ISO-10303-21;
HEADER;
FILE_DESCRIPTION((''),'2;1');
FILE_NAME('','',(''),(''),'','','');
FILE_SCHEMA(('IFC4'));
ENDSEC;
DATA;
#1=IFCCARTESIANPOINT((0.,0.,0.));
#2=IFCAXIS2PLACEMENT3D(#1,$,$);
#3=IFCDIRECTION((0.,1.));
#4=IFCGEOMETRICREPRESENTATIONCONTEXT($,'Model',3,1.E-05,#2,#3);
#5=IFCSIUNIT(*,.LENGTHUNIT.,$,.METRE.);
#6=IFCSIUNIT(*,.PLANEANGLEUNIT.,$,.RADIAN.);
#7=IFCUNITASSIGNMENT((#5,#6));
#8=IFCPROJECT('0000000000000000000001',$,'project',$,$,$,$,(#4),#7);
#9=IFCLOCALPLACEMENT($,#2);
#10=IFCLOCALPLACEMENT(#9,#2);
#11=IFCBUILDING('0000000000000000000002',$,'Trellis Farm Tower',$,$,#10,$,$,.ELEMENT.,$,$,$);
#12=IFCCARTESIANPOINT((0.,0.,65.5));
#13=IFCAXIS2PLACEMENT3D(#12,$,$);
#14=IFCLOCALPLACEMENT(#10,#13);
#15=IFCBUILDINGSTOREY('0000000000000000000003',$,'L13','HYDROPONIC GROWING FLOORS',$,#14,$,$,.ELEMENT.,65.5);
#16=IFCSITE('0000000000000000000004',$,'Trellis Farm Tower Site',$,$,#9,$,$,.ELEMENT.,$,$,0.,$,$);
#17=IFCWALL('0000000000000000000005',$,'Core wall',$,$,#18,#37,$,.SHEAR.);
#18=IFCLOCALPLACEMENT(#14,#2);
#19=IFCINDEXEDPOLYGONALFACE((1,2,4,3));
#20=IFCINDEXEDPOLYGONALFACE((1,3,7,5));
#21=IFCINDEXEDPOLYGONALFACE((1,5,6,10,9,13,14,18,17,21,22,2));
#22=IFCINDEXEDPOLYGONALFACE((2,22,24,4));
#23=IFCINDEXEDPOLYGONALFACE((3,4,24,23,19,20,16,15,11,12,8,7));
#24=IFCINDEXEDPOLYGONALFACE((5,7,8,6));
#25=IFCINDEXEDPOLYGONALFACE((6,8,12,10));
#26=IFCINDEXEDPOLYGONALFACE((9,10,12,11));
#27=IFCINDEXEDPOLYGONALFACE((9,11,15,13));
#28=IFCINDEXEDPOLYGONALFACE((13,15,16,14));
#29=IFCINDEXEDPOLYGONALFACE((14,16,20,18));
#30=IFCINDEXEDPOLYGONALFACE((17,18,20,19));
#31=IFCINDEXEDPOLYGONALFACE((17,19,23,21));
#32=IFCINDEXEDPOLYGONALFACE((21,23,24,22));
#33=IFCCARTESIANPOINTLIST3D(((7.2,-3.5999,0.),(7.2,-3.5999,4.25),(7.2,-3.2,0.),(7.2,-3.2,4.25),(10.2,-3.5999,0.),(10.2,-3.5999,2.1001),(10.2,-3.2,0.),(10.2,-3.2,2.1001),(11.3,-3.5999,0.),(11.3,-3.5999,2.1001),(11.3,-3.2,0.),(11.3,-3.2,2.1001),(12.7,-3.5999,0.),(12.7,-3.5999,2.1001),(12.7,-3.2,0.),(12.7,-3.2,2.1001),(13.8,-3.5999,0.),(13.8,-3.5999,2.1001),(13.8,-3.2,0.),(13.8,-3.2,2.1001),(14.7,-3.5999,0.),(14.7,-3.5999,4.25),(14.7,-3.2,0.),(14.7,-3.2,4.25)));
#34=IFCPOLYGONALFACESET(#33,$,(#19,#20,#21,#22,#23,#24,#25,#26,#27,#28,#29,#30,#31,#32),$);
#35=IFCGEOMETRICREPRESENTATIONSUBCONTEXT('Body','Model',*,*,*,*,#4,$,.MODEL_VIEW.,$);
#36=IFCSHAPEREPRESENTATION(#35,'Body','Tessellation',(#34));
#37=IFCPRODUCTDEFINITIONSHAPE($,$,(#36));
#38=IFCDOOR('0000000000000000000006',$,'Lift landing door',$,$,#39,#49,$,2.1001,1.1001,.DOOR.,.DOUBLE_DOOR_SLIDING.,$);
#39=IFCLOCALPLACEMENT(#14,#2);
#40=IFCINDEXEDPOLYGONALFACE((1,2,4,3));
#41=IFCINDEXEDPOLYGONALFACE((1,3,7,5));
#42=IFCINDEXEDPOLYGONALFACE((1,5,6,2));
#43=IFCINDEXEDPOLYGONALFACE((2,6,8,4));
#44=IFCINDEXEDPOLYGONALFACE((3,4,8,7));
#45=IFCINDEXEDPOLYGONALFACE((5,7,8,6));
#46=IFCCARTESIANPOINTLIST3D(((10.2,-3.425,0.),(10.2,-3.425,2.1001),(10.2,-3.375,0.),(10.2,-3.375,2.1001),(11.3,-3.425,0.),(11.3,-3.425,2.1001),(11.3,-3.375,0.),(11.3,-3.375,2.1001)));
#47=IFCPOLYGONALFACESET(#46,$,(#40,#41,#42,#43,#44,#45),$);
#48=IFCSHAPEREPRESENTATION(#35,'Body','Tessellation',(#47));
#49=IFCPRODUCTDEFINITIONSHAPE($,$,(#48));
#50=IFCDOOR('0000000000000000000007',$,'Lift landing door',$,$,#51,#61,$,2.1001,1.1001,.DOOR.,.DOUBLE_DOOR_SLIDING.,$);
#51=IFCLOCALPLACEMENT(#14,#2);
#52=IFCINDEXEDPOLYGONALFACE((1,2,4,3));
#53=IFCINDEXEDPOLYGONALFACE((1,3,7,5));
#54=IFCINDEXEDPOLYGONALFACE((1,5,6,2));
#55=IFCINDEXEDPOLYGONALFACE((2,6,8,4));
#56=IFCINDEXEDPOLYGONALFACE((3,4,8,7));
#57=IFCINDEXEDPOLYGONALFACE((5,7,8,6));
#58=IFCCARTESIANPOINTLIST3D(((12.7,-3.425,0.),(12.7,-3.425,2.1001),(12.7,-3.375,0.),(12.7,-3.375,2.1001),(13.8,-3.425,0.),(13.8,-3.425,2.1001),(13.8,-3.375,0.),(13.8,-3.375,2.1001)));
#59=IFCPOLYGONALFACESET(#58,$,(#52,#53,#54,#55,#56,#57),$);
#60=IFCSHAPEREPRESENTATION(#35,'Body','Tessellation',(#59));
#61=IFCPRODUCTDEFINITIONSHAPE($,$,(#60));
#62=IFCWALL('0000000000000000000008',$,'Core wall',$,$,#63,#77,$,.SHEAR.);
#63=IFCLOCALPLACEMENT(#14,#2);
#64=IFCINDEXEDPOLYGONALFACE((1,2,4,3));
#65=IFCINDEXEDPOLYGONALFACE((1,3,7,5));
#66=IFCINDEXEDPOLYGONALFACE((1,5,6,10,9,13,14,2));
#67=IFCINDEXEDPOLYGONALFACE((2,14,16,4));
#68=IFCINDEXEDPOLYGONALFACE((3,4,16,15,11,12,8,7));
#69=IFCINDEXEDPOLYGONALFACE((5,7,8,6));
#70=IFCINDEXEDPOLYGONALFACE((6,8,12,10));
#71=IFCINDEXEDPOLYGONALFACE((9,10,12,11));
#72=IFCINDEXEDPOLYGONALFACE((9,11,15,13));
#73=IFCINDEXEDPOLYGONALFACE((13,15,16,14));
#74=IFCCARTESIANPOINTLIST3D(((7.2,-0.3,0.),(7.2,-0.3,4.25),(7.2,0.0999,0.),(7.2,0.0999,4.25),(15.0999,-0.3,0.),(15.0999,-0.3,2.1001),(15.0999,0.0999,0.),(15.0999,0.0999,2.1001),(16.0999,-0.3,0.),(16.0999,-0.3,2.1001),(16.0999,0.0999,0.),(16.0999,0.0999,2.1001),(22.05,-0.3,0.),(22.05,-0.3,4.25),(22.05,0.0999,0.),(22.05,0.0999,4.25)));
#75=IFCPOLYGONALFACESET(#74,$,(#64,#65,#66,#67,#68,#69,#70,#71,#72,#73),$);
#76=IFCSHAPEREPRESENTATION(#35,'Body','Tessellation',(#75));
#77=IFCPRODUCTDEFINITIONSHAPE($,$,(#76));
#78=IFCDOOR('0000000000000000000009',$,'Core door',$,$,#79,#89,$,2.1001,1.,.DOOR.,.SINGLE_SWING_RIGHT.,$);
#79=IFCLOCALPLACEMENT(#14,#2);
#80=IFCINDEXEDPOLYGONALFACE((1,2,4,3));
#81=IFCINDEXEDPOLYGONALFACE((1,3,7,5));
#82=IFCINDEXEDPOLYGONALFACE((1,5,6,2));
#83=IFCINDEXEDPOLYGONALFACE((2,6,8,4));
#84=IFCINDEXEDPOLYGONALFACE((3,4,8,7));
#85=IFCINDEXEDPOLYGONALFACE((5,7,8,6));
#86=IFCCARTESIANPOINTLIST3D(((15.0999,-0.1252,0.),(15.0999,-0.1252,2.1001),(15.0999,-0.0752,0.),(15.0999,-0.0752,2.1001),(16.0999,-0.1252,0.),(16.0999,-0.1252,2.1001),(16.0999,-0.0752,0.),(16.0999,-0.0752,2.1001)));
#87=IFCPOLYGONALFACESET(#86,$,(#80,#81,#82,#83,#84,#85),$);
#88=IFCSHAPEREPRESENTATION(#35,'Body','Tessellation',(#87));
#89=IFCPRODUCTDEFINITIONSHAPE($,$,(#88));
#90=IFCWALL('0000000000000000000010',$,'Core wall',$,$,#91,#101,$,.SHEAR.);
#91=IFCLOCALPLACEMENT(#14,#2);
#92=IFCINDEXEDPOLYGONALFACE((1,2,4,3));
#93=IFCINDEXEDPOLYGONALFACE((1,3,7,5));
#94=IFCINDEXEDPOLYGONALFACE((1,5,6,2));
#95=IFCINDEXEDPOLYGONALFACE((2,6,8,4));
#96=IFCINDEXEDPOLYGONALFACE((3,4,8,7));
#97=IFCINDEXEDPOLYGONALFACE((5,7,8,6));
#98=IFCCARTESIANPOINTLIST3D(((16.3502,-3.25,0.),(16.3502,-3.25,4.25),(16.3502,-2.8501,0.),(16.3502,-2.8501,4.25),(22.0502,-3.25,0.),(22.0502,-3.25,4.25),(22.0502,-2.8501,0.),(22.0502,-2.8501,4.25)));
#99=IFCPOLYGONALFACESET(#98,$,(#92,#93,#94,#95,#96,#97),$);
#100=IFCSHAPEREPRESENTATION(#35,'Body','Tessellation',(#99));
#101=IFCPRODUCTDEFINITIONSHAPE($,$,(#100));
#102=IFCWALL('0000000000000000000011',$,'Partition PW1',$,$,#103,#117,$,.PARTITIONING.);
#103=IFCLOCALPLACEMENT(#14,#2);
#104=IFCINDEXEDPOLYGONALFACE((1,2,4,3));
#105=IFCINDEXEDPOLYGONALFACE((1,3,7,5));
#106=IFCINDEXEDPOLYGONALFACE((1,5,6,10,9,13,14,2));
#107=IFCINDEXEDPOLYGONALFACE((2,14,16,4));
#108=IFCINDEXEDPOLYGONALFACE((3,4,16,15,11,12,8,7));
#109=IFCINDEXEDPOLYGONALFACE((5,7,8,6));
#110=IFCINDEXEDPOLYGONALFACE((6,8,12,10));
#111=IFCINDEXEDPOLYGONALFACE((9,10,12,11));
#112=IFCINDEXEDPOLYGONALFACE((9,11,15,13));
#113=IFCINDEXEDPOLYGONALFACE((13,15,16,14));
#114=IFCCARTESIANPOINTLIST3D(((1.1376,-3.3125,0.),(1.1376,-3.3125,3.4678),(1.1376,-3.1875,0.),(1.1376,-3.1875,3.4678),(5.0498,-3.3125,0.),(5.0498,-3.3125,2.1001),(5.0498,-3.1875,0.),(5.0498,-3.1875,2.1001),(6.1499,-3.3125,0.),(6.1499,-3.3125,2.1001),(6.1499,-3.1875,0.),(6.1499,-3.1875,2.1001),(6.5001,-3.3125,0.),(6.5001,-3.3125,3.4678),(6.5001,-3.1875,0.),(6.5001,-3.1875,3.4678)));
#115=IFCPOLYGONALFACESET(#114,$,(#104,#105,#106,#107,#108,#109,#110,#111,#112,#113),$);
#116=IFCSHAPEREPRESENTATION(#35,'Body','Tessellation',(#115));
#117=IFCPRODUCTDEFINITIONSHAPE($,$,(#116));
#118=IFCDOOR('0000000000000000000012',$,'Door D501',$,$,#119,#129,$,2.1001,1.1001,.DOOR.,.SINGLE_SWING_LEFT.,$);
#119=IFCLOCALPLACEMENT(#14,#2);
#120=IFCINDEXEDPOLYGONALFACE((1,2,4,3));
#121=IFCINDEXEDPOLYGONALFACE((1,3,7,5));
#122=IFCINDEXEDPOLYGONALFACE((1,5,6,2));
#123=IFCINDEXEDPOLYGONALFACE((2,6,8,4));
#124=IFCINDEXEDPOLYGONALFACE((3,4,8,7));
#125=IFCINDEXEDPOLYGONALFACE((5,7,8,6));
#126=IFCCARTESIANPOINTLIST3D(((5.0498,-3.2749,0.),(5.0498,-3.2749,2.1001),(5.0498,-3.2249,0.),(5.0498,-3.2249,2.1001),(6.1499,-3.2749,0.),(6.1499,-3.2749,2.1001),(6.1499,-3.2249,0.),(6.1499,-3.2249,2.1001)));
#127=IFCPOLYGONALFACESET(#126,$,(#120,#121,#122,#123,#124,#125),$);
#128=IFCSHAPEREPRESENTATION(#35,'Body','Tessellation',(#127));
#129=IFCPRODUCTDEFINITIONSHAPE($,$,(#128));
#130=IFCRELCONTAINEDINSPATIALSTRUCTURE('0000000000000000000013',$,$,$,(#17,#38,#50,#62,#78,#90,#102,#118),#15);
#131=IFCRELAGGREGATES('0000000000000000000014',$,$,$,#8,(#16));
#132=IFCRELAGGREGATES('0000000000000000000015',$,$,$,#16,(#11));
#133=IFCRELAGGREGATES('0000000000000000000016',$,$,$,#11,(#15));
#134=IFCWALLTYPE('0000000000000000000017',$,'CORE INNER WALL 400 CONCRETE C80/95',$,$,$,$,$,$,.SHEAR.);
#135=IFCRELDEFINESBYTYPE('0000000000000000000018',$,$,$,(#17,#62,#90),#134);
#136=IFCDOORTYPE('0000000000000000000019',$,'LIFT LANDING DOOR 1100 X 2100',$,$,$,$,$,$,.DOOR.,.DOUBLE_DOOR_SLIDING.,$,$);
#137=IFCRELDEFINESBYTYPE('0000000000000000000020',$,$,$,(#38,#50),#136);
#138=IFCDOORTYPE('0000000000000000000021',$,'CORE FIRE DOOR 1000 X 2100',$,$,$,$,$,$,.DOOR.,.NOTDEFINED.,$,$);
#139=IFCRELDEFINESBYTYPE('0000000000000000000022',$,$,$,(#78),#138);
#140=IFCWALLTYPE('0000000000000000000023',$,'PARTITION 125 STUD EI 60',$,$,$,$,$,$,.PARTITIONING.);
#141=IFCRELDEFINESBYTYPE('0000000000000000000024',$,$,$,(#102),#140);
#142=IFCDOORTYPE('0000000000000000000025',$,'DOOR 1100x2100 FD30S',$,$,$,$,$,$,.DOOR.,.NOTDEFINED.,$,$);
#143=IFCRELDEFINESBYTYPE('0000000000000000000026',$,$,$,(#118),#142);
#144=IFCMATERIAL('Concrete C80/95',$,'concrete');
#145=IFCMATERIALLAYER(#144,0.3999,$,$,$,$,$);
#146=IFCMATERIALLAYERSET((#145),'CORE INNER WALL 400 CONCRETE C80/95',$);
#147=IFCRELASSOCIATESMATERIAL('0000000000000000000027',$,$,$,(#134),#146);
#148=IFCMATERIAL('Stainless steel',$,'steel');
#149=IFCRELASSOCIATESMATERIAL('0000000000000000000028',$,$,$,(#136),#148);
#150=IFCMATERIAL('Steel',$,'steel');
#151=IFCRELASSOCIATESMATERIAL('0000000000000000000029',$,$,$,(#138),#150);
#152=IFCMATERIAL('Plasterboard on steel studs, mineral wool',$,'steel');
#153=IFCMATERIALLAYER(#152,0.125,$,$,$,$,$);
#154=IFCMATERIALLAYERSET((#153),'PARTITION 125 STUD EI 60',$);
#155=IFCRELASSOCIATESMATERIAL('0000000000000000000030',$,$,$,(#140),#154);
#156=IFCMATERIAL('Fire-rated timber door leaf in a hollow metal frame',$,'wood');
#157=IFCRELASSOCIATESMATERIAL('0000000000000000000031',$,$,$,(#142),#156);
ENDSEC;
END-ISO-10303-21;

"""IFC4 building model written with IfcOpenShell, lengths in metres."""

from ifc_helpers import new_model, si_unit, direction, frame, frame_2d, origin, place, context, subcontext, project, spatial, rectangle, extrude, source, transform, mapped, material, layer, layer_set, type_object, element, fill, save


model = new_model("IFC4")

# Units and contexts
model_context = context("Model", 3, precision=1e-05, world=origin(), true_north=direction((0.0, 1.0)))
body_context = subcontext(model_context, "Body", "Model", "MODEL_VIEW")
ifc_project = project(units=[si_unit("LENGTHUNIT", "METRE"), si_unit("PLANEANGLEUNIT", "RADIAN")], contexts=[model_context])

# Site, building, storey
site_placement = place(None, origin())
site = spatial("IfcSite", under=ifc_project, at=site_placement, Name="Trellis Farm Tower Site", CompositionType="ELEMENT", RefElevation=0.0)
building_placement = place(site_placement, origin())
building = spatial("IfcBuilding", under=site, at=building_placement, Name="Trellis Farm Tower", CompositionType="ELEMENT")
storey_placement = place(building_placement, frame((0.0, 0.0, 65.5)))
storey = spatial("IfcBuildingStorey", under=building, at=storey_placement, Name="L13", Description="HYDROPONIC GROWING FLOORS", CompositionType="ELEMENT", Elevation=65.5)

# Shared definitions
ifc_material_1 = material(Name="Concrete C80/95", Category="concrete")

# Wall, openings, doors
ifc_layer_1 = layer(ifc_material_1, 0.3999)
ifc_layer_set_1 = layer_set([ifc_layer_1], Name="CORE INNER WALL 400 CONCRETE C80/95")
wall_type_1 = type_object("IfcWallType", Name="CORE INNER WALL 400 CONCRETE C80/95", PredefinedType="SHEAR", material=ifc_layer_set_1)
shared_shape_1 = source(origin(), body_context, "Body", "SweptSolid", [
    extrude(rectangle(XDim=7.5, YDim=0.3999, at=frame_2d((3.75, 0.0))), origin(), (0.0, 0.0, 1.0), 4.25),
])
wall_1_placement = place(storey_placement, frame((7.2, -3.3999, 0.0), z_axis=(0.0, 0.0, 1.0), x_axis=(1.0, 0.0, 0.0)))
wall_1 = element("IfcWall", 1, at=wall_1_placement, inside=storey, type_object=wall_type_1, Name="Core wall", PredefinedType="SHEAR", context=body_context, shape_type="MappedRepresentation", body=[
    mapped(shared_shape_1, transform((0.0, 0.0, 0.0))),
])
shared_shape_2 = source(origin(), body_context, "Body", "SweptSolid", [
    extrude(rectangle(XDim=1.1001, YDim=2.1001, at=frame_2d((0.55, 1.05))), frame((0.0, 0.21, 0.0), z_axis=(0.0, -1.0, 0.0), x_axis=(1.0, 0.0, 0.0)), (0.0, 0.0, 1.0), 0.4199),
])
opening_1_placement = place(wall_1_placement, frame((3.0, 0.0, 0.0)))
opening_1 = element("IfcOpeningElement", 2, at=opening_1_placement, cuts=wall_1, PredefinedType="OPENING", context=body_context, shape_type="MappedRepresentation", body=[
    mapped(shared_shape_2, transform((0.0, 0.0, 0.0))),
])
opening_2_placement = place(wall_1_placement, frame((5.5, 0.0, 0.0)))
opening_2 = element("IfcOpeningElement", 3, at=opening_2_placement, cuts=wall_1, PredefinedType="OPENING", context=body_context, shape_type="MappedRepresentation", body=[
    mapped(shared_shape_2, transform((0.0, 0.0, 0.0))),
])
ifc_material_2 = material(Name="Stainless steel", Category="steel")
door_type_1 = type_object("IfcDoorType", Name="LIFT LANDING DOOR 1100 X 2100", OperationType="DOUBLE_DOOR_SLIDING", PredefinedType="DOOR", material=ifc_material_2)
shared_shape_3 = source(origin(), body_context, "Body", "SweptSolid", [
    extrude(rectangle(XDim=1.1001, YDim=2.1001, at=frame_2d((0.55, 1.05))), frame((0.0, 0.0249, 0.0), z_axis=(0.0, -1.0, 0.0), x_axis=(1.0, 0.0, 0.0)), (0.0, 0.0, 1.0), 0.05),
])
door_1_placement = place(opening_1_placement, origin())
door_1 = element("IfcDoor", 4, at=door_1_placement, inside=storey, type_object=door_type_1, Name="Lift landing door", OperationType="DOUBLE_DOOR_SLIDING", OverallHeight=2.1001, OverallWidth=1.1001, PredefinedType="DOOR", context=body_context, shape_type="MappedRepresentation", body=[
    mapped(shared_shape_3, transform((0.0, 0.0, 0.0))),
])
fill(opening_1, door_1)
door_2_placement = place(opening_2_placement, origin())
door_2 = element("IfcDoor", 5, at=door_2_placement, inside=storey, type_object=door_type_1, Name="Lift landing door", OperationType="DOUBLE_DOOR_SLIDING", OverallHeight=2.1001, OverallWidth=1.1001, PredefinedType="DOOR", context=body_context, shape_type="MappedRepresentation", body=[
    mapped(shared_shape_3, transform((0.0, 0.0, 0.0))),
])
fill(opening_2, door_2)

# Wall, opening, door
shared_shape_4 = source(origin(), body_context, "Body", "SweptSolid", [
    extrude(rectangle(XDim=14.8501, YDim=0.3999, at=frame_2d((7.425, 0.0))), origin(), (0.0, 0.0, 1.0), 4.25),
])
wall_2_placement = place(storey_placement, frame((7.2, -0.1001, 0.0), z_axis=(0.0, 0.0, 1.0), x_axis=(1.0, 0.0, 0.0)))
wall_2 = element("IfcWall", 6, at=wall_2_placement, inside=storey, type_object=wall_type_1, Name="Core wall", PredefinedType="SHEAR", context=body_context, shape_type="MappedRepresentation", body=[
    mapped(shared_shape_4, transform((0.0, 0.0, 0.0))),
])
shared_shape_5 = source(origin(), body_context, "Body", "SweptSolid", [
    extrude(rectangle(XDim=1.0, YDim=2.1001, at=frame_2d((0.5, 1.05))), frame((0.0, 0.21, 0.0), z_axis=(0.0, -1.0, 0.0), x_axis=(1.0, 0.0, 0.0)), (0.0, 0.0, 1.0), 0.4199),
])
opening_3_placement = place(wall_2_placement, frame((7.8999, 0.0, 0.0)))
opening_3 = element("IfcOpeningElement", 7, at=opening_3_placement, cuts=wall_2, PredefinedType="OPENING", context=body_context, shape_type="MappedRepresentation", body=[
    mapped(shared_shape_5, transform((0.0, 0.0, 0.0))),
])
ifc_material_3 = material(Name="Steel", Category="steel")
door_type_2 = type_object("IfcDoorType", Name="CORE FIRE DOOR 1000 X 2100", OperationType="NOTDEFINED", PredefinedType="DOOR", material=ifc_material_3)
shared_shape_6 = source(origin(), body_context, "Body", "SweptSolid", [
    extrude(rectangle(XDim=1.0, YDim=2.1001, at=frame_2d((0.5, 1.05))), frame((0.0, 0.0249, 0.0), z_axis=(0.0, -1.0, 0.0), x_axis=(1.0, 0.0, 0.0)), (0.0, 0.0, 1.0), 0.05),
])
door_3_placement = place(opening_3_placement, origin())
door_3 = element("IfcDoor", 8, at=door_3_placement, inside=storey, type_object=door_type_2, Name="Core door", OperationType="SINGLE_SWING_RIGHT", OverallHeight=2.1001, OverallWidth=1.0, PredefinedType="DOOR", context=body_context, shape_type="MappedRepresentation", body=[
    mapped(shared_shape_6, transform((0.0, 0.0, 0.0))),
])
fill(opening_3, door_3)

# Wall
shared_shape_7 = source(origin(), body_context, "Body", "SweptSolid", [
    extrude(rectangle(XDim=5.7, YDim=0.3999, at=frame_2d((2.8501, 0.0))), origin(), (0.0, 0.0, 1.0), 4.25),
])
wall_3_placement = place(storey_placement, frame((16.3501, -3.05, 0.0), z_axis=(0.0, 0.0, 1.0), x_axis=(1.0, 0.0, 0.0)))
element("IfcWall", 9, at=wall_3_placement, inside=storey, type_object=wall_type_1, Name="Core wall", PredefinedType="SHEAR", context=body_context, shape_type="MappedRepresentation", body=[
    mapped(shared_shape_7, transform((0.0, 0.0, 0.0))),
])

# Wall, opening, door
ifc_material_4 = material(Name="Plasterboard on steel studs, mineral wool", Category="steel")
ifc_layer_2 = layer(ifc_material_4, 0.125)
ifc_layer_set_2 = layer_set([ifc_layer_2], Name="PARTITION 125 STUD EI 60")
wall_type_2 = type_object("IfcWallType", Name="PARTITION 125 STUD EI 60", PredefinedType="PARTITIONING", material=ifc_layer_set_2)
shared_shape_8 = source(origin(), body_context, "Body", "SweptSolid", [
    extrude(rectangle(XDim=5.3625, YDim=0.125, at=frame_2d((2.6812, 0.0))), origin(), (0.0, 0.0, 1.0), 3.4678),
])
wall_4_placement = place(storey_placement, frame((6.5, -3.25, 0.0), z_axis=(0.0, 0.0, 1.0), x_axis=(-1.0, 0.0, 0.0)))
wall_4 = element("IfcWall", 10, at=wall_4_placement, inside=storey, type_object=wall_type_2, Name="Partition PW1", PredefinedType="PARTITIONING", context=body_context, shape_type="MappedRepresentation", body=[
    mapped(shared_shape_8, transform((0.0, 0.0, 0.0))),
])
shared_shape_9 = source(origin(), body_context, "Body", "SweptSolid", [
    extrude(rectangle(XDim=1.1001, YDim=2.1001, at=frame_2d((0.55, 1.05))), frame((0.0, 0.0725, 0.0), z_axis=(0.0, -1.0, 0.0), x_axis=(1.0, 0.0, 0.0)), (0.0, 0.0, 1.0), 0.145),
])
opening_4_placement = place(wall_4_placement, frame((0.3501, 0.0, 0.0)))
opening_4 = element("IfcOpeningElement", 11, at=opening_4_placement, cuts=wall_4, PredefinedType="OPENING", context=body_context, shape_type="MappedRepresentation", body=[
    mapped(shared_shape_9, transform((0.0, 0.0, 0.0))),
])
ifc_material_5 = material(Name="Fire-rated timber door leaf in a hollow metal frame", Category="wood")
door_type_3 = type_object("IfcDoorType", Name="DOOR 1100x2100 FD30S", OperationType="NOTDEFINED", PredefinedType="DOOR", material=ifc_material_5)
door_4_placement = place(opening_4_placement, origin())
door_4 = element("IfcDoor", 12, at=door_4_placement, inside=storey, type_object=door_type_3, Name="Door D501", OperationType="SINGLE_SWING_LEFT", OverallHeight=2.1001, OverallWidth=1.1001, PredefinedType="DOOR", context=body_context, shape_type="MappedRepresentation", body=[
    mapped(shared_shape_3, transform((0.0, 0.0, 0.0))),
])
fill(opening_4, door_4)

save(model, "model.ifc")
